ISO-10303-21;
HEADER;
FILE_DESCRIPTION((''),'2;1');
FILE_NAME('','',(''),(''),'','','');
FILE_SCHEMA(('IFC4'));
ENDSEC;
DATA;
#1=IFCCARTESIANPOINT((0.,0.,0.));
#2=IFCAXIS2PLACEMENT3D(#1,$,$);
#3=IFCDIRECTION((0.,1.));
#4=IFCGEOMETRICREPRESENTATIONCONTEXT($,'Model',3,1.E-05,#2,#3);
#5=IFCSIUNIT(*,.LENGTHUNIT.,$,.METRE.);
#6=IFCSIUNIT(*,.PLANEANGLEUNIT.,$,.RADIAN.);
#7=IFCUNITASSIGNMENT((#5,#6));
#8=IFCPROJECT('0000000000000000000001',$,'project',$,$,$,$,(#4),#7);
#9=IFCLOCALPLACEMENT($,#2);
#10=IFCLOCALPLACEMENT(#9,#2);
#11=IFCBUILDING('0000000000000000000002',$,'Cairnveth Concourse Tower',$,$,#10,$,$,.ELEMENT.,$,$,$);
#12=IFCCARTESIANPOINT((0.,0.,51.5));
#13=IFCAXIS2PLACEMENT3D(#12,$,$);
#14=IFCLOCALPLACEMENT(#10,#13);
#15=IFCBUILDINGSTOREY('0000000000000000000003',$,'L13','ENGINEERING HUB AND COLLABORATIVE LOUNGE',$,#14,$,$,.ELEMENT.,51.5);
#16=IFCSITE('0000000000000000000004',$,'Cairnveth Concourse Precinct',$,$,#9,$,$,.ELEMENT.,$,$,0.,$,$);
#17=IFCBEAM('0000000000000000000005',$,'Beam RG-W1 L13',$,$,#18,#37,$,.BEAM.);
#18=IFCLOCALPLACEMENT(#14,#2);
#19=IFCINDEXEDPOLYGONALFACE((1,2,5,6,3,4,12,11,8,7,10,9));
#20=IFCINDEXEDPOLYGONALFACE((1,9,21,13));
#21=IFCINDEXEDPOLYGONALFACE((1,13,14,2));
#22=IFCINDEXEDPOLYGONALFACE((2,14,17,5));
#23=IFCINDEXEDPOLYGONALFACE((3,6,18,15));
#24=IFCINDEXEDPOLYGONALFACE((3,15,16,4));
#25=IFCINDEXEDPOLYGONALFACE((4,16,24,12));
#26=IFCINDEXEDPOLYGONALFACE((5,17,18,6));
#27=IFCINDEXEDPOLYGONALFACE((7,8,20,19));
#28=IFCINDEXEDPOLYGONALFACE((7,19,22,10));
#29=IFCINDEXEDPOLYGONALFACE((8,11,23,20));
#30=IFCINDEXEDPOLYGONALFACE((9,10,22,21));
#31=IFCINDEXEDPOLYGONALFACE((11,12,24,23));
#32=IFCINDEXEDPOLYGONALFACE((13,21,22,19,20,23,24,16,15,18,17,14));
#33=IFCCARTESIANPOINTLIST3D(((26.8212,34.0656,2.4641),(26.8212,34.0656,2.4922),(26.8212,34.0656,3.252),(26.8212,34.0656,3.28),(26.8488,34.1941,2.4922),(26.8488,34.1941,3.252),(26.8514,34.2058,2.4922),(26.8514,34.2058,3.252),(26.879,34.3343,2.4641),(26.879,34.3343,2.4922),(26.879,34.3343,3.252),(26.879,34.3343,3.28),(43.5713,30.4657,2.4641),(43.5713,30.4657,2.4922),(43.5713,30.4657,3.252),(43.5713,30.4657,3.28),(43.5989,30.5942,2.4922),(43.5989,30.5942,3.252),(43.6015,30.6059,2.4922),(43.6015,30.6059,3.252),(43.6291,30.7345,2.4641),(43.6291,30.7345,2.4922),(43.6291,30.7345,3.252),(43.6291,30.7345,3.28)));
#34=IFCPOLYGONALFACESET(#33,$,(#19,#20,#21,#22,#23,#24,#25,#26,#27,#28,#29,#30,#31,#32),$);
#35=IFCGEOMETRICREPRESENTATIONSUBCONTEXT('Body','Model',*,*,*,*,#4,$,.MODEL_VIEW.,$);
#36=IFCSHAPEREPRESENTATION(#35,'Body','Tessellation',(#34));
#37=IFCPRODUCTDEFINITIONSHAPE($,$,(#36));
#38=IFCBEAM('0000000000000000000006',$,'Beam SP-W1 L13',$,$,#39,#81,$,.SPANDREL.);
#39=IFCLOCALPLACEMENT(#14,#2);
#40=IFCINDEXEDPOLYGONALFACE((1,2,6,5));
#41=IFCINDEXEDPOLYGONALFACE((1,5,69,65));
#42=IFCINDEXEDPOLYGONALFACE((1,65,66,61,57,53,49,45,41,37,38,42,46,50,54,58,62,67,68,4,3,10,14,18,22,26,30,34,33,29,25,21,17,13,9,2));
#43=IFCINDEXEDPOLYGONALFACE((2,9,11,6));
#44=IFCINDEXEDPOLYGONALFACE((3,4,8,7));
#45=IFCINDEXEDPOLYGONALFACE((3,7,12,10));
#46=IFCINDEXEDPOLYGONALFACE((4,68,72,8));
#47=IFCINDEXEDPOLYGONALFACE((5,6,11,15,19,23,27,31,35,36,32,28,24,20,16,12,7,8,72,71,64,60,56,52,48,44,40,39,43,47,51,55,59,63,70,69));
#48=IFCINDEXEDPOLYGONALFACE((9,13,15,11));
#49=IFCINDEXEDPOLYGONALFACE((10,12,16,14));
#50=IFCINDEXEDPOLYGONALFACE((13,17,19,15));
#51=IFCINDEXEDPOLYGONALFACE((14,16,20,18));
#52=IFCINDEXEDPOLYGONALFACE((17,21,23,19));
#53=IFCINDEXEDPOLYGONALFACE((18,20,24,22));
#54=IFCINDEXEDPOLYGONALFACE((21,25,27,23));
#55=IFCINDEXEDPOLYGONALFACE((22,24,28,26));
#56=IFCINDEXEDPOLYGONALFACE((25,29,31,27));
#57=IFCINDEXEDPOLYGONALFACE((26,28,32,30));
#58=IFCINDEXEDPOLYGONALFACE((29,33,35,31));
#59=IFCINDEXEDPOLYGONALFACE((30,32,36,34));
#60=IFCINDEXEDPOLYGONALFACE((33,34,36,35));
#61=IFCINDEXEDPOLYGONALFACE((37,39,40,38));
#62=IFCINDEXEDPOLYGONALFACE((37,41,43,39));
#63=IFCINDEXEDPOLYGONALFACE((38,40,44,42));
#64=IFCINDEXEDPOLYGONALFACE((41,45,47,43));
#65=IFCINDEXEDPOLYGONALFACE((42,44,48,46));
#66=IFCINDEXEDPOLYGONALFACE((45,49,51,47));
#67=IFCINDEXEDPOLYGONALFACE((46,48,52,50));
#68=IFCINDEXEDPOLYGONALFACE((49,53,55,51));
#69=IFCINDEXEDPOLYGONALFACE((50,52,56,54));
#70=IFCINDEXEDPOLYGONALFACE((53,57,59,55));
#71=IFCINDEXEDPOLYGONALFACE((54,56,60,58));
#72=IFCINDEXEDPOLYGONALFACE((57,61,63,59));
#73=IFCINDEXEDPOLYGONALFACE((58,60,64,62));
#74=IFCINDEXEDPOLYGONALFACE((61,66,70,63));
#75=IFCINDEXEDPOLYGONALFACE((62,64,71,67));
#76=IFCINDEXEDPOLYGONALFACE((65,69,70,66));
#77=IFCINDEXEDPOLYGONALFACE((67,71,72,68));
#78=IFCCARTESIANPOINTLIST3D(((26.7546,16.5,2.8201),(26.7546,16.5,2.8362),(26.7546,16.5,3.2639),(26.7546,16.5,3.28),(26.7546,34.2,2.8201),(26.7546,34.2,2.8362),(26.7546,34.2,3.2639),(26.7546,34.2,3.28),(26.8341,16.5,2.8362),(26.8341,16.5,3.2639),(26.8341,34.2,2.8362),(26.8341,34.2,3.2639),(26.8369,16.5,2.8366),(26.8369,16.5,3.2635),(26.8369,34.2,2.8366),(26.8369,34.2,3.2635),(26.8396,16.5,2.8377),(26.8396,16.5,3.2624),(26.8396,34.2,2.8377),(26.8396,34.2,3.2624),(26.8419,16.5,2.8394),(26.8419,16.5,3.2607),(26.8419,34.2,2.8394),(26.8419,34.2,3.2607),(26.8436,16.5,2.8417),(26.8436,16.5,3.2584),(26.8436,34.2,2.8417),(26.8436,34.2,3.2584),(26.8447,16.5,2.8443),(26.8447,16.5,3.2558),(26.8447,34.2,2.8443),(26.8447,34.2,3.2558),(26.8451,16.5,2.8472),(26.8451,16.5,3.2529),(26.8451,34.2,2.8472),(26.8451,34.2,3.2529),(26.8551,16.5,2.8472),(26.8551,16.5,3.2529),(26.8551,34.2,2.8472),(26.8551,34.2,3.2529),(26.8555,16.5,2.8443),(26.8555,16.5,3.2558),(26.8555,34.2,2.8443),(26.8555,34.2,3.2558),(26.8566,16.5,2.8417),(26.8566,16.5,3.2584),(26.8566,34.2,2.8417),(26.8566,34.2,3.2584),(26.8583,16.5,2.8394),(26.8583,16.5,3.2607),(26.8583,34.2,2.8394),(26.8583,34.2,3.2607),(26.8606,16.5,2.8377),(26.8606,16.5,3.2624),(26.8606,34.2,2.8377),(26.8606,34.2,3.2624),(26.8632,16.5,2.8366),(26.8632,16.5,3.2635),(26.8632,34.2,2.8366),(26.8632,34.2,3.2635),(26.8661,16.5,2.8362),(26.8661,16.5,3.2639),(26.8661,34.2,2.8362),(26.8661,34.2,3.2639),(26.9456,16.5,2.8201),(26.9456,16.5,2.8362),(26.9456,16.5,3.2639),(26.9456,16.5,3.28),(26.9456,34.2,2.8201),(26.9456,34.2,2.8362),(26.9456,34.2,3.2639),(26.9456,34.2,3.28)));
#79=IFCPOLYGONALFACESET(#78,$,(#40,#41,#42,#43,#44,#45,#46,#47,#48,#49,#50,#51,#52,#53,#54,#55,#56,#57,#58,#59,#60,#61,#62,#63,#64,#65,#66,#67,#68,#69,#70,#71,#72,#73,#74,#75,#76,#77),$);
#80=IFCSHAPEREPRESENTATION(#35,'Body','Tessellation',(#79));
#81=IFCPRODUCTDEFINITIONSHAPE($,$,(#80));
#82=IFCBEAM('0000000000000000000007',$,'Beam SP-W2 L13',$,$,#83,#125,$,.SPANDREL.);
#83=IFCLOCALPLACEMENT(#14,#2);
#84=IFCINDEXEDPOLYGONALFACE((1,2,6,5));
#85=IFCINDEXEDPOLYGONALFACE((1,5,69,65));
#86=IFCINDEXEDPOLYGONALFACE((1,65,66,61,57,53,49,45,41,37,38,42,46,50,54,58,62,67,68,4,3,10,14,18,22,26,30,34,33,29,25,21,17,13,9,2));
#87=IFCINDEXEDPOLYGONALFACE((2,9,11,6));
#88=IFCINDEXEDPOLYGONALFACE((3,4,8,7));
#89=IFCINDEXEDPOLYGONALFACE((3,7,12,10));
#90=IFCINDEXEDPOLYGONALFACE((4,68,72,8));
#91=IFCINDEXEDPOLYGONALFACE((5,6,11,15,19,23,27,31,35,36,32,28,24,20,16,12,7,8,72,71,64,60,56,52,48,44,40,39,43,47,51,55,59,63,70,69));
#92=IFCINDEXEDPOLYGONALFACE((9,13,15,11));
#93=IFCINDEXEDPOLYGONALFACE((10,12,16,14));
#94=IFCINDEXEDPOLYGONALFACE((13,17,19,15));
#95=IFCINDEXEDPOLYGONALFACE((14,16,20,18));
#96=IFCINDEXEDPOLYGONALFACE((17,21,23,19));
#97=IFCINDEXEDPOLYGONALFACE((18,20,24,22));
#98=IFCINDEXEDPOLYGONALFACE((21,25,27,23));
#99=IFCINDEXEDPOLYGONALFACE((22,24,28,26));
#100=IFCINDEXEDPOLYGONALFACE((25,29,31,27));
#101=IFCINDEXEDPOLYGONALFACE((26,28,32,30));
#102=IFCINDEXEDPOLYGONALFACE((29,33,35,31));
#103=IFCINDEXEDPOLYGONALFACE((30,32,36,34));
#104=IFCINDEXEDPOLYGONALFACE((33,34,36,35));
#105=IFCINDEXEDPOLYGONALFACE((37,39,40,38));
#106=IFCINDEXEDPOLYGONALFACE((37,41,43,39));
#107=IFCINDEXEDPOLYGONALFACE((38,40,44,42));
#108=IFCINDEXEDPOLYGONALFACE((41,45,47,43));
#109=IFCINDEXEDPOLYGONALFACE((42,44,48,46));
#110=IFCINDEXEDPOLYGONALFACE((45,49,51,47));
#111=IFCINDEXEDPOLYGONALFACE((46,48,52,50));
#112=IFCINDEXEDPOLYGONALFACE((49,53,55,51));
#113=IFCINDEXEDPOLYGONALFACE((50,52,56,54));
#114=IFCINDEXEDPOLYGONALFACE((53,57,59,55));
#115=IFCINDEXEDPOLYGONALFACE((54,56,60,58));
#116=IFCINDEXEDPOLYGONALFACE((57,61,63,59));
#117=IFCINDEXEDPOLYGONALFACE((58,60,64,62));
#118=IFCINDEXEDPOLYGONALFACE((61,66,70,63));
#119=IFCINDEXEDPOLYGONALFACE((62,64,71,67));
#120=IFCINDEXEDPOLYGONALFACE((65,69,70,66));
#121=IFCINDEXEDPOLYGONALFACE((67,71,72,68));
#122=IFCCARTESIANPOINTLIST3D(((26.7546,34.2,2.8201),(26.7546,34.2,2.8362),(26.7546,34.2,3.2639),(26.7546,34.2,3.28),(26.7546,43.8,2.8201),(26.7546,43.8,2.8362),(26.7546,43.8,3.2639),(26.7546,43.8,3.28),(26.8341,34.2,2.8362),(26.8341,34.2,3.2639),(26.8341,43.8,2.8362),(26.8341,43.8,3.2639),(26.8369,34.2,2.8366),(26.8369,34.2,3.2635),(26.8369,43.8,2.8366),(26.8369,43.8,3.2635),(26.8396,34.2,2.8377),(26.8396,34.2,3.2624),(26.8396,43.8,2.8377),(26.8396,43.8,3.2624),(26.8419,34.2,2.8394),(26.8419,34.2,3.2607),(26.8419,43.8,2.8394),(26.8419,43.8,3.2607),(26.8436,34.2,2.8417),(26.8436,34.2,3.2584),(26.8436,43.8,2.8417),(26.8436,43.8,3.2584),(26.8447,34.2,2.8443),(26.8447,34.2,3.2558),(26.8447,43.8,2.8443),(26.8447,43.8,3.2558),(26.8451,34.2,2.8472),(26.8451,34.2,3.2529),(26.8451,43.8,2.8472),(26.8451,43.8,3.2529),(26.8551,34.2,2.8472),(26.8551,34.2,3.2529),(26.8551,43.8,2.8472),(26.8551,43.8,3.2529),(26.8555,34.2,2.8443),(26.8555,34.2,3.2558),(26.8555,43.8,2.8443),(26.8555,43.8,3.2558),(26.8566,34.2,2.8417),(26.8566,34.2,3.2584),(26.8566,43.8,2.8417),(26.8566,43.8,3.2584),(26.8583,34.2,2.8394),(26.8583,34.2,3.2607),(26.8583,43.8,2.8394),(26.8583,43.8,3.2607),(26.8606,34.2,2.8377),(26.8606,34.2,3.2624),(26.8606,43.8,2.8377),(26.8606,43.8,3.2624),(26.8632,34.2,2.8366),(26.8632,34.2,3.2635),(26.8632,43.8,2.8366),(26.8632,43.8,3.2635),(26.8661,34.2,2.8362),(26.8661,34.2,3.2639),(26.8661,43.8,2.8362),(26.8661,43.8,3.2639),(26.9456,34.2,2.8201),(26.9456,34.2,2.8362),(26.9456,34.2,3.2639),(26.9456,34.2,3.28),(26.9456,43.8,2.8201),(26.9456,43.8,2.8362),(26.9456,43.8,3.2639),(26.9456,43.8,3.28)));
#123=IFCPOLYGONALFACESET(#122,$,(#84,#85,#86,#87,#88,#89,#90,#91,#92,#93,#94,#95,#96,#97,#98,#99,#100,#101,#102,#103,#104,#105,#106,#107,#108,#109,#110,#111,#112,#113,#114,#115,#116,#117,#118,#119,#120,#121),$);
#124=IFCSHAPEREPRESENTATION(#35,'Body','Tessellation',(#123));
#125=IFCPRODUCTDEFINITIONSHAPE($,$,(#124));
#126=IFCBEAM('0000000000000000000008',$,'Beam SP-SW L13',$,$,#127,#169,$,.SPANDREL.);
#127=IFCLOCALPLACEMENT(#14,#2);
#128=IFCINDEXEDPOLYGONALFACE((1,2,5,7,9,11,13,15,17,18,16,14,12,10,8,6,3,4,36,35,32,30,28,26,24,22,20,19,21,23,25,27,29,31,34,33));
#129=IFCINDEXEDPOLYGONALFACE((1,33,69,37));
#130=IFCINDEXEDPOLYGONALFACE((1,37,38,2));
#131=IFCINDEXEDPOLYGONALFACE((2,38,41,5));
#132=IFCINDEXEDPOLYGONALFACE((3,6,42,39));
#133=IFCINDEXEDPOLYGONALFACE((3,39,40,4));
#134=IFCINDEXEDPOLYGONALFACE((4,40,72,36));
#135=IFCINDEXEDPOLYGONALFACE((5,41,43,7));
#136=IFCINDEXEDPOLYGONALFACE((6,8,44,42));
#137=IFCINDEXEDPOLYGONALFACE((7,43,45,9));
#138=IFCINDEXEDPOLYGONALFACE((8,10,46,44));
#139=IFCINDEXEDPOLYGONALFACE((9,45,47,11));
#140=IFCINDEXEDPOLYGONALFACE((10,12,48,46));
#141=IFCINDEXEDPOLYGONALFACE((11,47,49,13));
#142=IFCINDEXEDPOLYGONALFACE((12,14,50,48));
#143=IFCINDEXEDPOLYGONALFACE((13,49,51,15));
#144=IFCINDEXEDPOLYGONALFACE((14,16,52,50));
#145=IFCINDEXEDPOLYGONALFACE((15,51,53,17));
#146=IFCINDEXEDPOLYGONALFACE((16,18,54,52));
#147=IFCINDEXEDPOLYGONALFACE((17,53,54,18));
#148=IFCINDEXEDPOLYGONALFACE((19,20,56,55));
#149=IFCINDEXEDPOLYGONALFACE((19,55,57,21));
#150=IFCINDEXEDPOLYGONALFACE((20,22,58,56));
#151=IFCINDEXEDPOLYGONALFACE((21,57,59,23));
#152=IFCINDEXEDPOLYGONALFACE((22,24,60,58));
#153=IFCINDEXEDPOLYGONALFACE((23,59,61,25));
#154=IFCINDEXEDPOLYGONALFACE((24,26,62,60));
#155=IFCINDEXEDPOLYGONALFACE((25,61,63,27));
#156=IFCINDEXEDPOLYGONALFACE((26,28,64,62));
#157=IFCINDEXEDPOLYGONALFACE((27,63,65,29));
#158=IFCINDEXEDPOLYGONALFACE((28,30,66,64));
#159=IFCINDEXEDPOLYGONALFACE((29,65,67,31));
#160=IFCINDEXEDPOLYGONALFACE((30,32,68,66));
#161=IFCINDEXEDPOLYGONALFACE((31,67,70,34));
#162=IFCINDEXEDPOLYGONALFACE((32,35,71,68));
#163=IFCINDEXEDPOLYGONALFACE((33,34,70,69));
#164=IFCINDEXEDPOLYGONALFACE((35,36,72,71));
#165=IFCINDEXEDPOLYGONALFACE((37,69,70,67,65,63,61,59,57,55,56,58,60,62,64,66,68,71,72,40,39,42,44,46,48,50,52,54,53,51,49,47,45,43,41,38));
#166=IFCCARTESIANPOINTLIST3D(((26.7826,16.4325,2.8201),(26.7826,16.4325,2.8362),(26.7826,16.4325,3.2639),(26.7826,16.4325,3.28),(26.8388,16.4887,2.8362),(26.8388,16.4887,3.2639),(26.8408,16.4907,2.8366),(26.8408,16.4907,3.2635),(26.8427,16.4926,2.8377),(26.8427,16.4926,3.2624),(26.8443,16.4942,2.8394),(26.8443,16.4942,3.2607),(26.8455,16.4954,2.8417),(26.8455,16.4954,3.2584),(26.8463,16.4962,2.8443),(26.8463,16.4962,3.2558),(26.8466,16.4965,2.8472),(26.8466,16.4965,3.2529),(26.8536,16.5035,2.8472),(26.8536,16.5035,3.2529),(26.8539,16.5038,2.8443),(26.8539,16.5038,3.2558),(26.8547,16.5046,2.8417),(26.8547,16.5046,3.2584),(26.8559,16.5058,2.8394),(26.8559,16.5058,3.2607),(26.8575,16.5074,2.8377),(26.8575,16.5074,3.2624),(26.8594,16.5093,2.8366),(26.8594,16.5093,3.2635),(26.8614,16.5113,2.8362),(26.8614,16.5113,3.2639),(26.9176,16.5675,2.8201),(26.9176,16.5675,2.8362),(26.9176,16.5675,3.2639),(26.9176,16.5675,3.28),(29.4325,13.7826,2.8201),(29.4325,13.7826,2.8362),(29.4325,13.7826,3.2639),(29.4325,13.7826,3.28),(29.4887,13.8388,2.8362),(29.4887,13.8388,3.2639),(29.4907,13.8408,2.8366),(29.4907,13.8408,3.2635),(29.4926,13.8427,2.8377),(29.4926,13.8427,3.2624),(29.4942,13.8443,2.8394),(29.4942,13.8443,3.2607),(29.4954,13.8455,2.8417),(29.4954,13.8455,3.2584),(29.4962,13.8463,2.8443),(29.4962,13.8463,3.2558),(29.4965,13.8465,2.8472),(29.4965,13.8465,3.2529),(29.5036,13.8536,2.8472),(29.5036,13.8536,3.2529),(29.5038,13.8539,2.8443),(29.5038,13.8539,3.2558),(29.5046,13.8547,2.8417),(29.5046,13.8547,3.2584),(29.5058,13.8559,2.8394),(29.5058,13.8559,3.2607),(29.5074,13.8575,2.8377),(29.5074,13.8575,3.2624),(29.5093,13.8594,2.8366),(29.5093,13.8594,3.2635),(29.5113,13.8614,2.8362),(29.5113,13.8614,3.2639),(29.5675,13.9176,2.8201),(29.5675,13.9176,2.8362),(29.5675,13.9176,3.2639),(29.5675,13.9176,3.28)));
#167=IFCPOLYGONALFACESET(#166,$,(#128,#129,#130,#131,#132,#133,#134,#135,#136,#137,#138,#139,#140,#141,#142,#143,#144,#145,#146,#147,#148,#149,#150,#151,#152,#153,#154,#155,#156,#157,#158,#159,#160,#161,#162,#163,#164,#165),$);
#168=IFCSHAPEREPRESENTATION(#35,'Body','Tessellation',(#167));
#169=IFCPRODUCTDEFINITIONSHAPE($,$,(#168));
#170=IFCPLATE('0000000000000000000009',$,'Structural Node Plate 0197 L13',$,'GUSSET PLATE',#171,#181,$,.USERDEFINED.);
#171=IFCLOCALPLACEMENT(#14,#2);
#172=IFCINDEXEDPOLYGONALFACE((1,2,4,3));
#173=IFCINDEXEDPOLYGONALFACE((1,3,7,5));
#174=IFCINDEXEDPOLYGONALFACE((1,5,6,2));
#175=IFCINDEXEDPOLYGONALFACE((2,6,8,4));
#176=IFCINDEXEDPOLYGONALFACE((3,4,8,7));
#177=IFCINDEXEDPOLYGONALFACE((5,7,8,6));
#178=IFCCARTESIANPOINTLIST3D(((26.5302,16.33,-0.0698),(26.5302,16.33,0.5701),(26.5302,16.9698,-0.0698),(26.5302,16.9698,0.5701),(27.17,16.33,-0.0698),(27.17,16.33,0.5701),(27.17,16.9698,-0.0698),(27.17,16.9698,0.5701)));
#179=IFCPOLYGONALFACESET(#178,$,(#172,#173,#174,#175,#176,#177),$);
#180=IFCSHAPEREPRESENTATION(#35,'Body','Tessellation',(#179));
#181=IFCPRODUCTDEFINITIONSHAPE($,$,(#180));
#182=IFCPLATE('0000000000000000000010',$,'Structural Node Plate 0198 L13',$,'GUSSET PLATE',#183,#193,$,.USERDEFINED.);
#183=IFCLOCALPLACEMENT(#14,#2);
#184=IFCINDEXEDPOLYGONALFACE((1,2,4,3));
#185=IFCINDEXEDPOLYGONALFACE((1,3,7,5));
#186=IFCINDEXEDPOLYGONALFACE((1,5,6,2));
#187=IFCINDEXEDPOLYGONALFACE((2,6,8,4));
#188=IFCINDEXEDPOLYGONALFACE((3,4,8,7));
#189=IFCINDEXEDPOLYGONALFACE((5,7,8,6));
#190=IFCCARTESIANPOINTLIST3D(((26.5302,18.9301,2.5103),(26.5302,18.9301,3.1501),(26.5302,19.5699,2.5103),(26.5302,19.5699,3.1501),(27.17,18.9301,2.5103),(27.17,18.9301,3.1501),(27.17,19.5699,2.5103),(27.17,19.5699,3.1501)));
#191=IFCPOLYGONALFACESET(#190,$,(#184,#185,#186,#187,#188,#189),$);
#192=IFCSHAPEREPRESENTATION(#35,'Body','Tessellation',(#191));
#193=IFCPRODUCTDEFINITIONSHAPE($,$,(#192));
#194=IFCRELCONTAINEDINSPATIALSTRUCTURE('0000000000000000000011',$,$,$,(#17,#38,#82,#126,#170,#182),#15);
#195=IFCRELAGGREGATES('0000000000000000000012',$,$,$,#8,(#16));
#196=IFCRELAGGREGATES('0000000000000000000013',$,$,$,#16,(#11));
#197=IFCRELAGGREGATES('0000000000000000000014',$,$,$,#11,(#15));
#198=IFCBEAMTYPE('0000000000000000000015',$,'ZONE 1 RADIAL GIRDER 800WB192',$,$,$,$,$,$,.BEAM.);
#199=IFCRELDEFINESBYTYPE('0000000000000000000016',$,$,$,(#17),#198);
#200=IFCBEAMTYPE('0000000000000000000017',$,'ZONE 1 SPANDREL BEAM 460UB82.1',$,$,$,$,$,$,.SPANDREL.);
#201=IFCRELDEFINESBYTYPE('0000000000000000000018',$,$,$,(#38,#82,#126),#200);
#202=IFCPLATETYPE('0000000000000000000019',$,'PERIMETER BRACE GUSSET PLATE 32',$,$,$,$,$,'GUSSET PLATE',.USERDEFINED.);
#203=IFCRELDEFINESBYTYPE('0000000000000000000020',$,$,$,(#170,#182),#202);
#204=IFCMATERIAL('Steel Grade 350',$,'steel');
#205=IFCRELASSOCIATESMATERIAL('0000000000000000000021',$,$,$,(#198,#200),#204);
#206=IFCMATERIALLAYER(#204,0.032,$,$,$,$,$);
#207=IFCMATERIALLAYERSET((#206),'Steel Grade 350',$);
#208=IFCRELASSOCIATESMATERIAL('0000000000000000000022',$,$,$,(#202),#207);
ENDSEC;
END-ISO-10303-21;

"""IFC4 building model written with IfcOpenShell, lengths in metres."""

from ifc_helpers import new_model, si_unit, direction, frame, origin, origin_2d, place, context, subcontext, project, spatial, rectangle, i_section, extrude, material, layer, layer_set, material_profile, profile_set, type_object, element, save


model = new_model("IFC4")

# Units and contexts
model_context = context("Model", 3, precision=1e-05, world=origin(), true_north=direction((0.0, 1.0)))
body_context = subcontext(model_context, "Body", "Model", "MODEL_VIEW")
ifc_project = project(units=[si_unit("LENGTHUNIT", "METRE"), si_unit("PLANEANGLEUNIT", "RADIAN")], contexts=[model_context])

# Site, building, storey
site_placement = place(None, origin())
site = spatial("IfcSite", under=ifc_project, at=site_placement, Name="Cairnveth Concourse Precinct", CompositionType="ELEMENT", RefElevation=0.0)
building_placement = place(site_placement, origin())
building = spatial("IfcBuilding", under=site, at=building_placement, Name="Cairnveth Concourse Tower", CompositionType="ELEMENT")
storey_placement = place(building_placement, frame((0.0, 0.0, 51.5)))
storey = spatial("IfcBuildingStorey", under=building, at=storey_placement, Name="L13", Description="ENGINEERING HUB AND COLLABORATIVE LOUNGE", CompositionType="ELEMENT", Elevation=51.5)

# Shared definitions
ifc_material_1 = material(Name="Steel Grade 350", Category="steel")

# Beams
ifc_material_profile_1 = material_profile(ifc_material_1, i_section(OverallWidth=0.2749, OverallDepth=0.8159, WebThickness=0.012, FlangeThickness=0.0281, at=origin_2d()), Name="800WB192")
ifc_profile_set_1 = profile_set([ifc_material_profile_1], Name="Steel Grade 350")
beam_type_1 = type_object("IfcBeamType", Name="ZONE 1 RADIAL GIRDER 800WB192", PredefinedType="BEAM", material=ifc_profile_set_1)
beam_1_placement = place(storey_placement, frame((26.8501, 34.2, 2.8721), z_axis=(0.977676, -0.210119, 0.0), x_axis=(0.210119, 0.977676, 0.0)))
element("IfcBeam", 1, at=beam_1_placement, inside=storey, type_object=beam_type_1, Name="Beam RG-W1 L13", PredefinedType="BEAM", context=body_context, shape_type="SweptSolid", body=[
    extrude(i_section(OverallWidth=0.2749, OverallDepth=0.8159, WebThickness=0.012, FlangeThickness=0.0281, at=origin_2d()), origin(), (0.0, 0.0, 1.0), 17.1326),
])
ifc_material_profile_2 = material_profile(ifc_material_1, i_section(OverallWidth=0.1909, OverallDepth=0.46, WebThickness=0.01, FlangeThickness=0.0161, FilletRadius=0.011, at=origin_2d()), Name="460UB82.1")
ifc_profile_set_2 = profile_set([ifc_material_profile_2], Name="Steel Grade 350")
beam_type_2 = type_object("IfcBeamType", Name="ZONE 1 SPANDREL BEAM 460UB82.1", PredefinedType="SPANDREL", material=ifc_profile_set_2)
beam_2_placement = place(storey_placement, frame((26.8501, 16.5, 3.05), z_axis=(0.0, 1.0, 0.0), x_axis=(-1.0, 0.0, 0.0)))
element("IfcBeam", 2, at=beam_2_placement, inside=storey, type_object=beam_type_2, Name="Beam SP-W1 L13", PredefinedType="SPANDREL", context=body_context, shape_type="SweptSolid", body=[
    extrude(i_section(OverallWidth=0.1909, OverallDepth=0.46, WebThickness=0.01, FlangeThickness=0.0161, FilletRadius=0.011, at=origin_2d()), origin(), (0.0, 0.0, 1.0), 17.7),
])
beam_3_placement = place(storey_placement, frame((26.8501, 34.2, 3.05), z_axis=(0.0, 1.0, 0.0), x_axis=(-1.0, 0.0, 0.0)))
element("IfcBeam", 3, at=beam_3_placement, inside=storey, type_object=beam_type_2, Name="Beam SP-W2 L13", PredefinedType="SPANDREL", context=body_context, shape_type="SweptSolid", body=[
    extrude(i_section(OverallWidth=0.1909, OverallDepth=0.46, WebThickness=0.01, FlangeThickness=0.0161, FilletRadius=0.011, at=origin_2d()), origin(), (0.0, 0.0, 1.0), 9.6001),
])
beam_4_placement = place(storey_placement, frame((26.8501, 16.5, 3.05), z_axis=(0.707107, -0.707107, 0.0), x_axis=(0.707107, 0.707107, 0.0)))
element("IfcBeam", 4, at=beam_4_placement, inside=storey, type_object=beam_type_2, Name="Beam SP-SW L13", PredefinedType="SPANDREL", context=body_context, shape_type="SweptSolid", body=[
    extrude(i_section(OverallWidth=0.1909, OverallDepth=0.46, WebThickness=0.01, FlangeThickness=0.0161, FilletRadius=0.011, at=origin_2d()), origin(), (0.0, 0.0, 1.0), 3.7476),
])

# Plates
ifc_layer_1 = layer(ifc_material_1, 0.032)
ifc_layer_set_1 = layer_set([ifc_layer_1], Name="Steel Grade 350")
plate_type = type_object("IfcPlateType", Name="PERIMETER BRACE GUSSET PLATE 32", ElementType="GUSSET PLATE", PredefinedType="USERDEFINED", material=ifc_layer_set_1)
for number, where, z_axis, x_axis, name in (
    (5, (26.8501, 16.6499, -0.0698), (0.0, 0.0, 1.0), (1.0, 0.0, 0.0), "Structural Node Plate 0197 L13"),
    (6, (26.8501, 19.25, 2.5103), (0.0, 0.0, 1.0), (1.0, 0.0, 0.0), "Structural Node Plate 0198 L13"),
):
    element("IfcPlate", number, at=place(storey_placement, frame(where, z_axis=z_axis, x_axis=x_axis)), inside=storey, type_object=plate_type, Name=name, ObjectType="GUSSET PLATE", PredefinedType="USERDEFINED", context=body_context, shape_type="SweptSolid", body=[
        extrude(rectangle(XDim=0.6399, YDim=0.6399, at=origin_2d()), origin(), (0.0, 0.0, 1.0), 0.6399),
    ])

save(model, "model.ifc")
